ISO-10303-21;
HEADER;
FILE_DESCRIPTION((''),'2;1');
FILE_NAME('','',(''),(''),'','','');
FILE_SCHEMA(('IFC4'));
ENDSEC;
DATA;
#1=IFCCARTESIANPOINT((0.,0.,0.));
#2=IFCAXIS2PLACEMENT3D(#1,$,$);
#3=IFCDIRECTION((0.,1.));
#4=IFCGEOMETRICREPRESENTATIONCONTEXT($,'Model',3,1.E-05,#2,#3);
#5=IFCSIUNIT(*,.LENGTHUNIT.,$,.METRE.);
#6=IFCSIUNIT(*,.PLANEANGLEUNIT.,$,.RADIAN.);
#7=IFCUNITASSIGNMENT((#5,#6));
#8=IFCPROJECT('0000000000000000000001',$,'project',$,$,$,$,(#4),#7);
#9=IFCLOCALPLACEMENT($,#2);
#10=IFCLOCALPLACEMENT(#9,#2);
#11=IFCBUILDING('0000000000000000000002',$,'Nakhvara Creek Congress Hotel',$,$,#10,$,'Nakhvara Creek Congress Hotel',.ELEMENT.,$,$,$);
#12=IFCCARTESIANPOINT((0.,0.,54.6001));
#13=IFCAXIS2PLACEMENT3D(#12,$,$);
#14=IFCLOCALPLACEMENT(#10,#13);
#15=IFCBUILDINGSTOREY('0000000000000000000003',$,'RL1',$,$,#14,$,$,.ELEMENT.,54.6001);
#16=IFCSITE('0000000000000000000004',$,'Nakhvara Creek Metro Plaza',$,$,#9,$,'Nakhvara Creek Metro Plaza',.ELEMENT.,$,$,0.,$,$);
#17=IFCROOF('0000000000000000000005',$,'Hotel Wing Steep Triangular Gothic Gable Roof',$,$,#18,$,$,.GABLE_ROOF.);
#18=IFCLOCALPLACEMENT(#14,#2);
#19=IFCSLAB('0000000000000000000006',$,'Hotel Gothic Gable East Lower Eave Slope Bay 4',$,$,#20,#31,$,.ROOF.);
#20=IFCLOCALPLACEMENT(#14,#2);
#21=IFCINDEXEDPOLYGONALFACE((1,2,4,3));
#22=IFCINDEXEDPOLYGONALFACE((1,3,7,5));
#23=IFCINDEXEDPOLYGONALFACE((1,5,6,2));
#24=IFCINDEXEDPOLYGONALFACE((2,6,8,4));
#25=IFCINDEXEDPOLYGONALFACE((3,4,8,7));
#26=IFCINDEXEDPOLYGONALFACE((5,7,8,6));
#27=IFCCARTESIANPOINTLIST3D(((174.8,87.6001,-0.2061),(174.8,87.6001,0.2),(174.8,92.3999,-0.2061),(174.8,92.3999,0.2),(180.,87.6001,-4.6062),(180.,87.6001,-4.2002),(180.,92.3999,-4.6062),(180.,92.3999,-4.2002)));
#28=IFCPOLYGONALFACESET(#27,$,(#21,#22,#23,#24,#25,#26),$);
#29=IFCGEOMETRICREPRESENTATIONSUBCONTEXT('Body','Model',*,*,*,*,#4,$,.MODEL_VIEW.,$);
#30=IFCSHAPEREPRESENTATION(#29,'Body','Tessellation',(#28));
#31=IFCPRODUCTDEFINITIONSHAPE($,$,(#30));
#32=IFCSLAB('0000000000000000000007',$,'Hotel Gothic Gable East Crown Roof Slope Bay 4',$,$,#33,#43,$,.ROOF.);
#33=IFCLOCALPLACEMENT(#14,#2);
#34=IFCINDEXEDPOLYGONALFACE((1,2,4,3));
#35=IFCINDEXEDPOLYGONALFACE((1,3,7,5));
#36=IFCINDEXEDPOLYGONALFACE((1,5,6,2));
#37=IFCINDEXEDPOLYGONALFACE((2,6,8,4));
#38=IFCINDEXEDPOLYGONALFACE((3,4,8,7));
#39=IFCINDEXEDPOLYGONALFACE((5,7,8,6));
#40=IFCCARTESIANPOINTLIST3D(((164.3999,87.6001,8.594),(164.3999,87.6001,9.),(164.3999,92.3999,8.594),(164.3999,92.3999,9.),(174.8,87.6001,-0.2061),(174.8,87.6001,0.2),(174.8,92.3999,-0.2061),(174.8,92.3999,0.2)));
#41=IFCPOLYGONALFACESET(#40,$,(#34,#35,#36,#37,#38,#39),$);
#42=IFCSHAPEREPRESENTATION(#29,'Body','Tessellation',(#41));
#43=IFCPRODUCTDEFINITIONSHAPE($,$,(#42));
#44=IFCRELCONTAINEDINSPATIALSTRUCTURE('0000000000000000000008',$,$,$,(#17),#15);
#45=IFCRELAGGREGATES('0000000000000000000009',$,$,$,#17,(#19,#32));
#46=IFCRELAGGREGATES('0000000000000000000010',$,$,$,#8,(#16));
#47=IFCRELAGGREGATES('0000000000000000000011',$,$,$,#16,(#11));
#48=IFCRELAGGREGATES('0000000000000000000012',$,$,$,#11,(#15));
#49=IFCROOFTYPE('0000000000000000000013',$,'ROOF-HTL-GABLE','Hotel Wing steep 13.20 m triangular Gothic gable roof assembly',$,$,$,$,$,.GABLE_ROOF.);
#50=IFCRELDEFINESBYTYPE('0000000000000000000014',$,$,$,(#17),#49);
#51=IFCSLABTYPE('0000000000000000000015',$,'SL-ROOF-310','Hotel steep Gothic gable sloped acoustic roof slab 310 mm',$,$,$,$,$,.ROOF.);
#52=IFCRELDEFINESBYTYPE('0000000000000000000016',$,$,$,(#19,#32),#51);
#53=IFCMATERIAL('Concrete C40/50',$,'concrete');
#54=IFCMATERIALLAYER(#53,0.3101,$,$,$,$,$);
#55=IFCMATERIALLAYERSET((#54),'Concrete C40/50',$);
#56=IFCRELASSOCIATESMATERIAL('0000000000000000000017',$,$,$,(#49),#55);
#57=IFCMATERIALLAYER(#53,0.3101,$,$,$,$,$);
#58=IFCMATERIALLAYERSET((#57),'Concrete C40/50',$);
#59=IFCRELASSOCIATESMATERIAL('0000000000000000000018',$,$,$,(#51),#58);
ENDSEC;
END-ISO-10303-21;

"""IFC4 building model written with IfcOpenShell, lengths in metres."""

from ifc_helpers import new_model, si_unit, direction, frame, origin, place, context, subcontext, project, spatial, polyline, outline, extrude, material, layer, layer_set, type_object, element, aggregate, save


model = new_model("IFC4")

# Units and contexts
model_context = context("Model", 3, precision=1e-05, world=origin(), true_north=direction((0.0, 1.0)))
body_context = subcontext(model_context, "Body", "Model", "MODEL_VIEW")
ifc_project = project(units=[si_unit("LENGTHUNIT", "METRE"), si_unit("PLANEANGLEUNIT", "RADIAN")], contexts=[model_context])

# Site, building, storey
site_placement = place(None, origin())
site = spatial("IfcSite", under=ifc_project, at=site_placement, Name="Nakhvara Creek Metro Plaza", LongName="Nakhvara Creek Metro Plaza", CompositionType="ELEMENT", RefElevation=0.0)
building_placement = place(site_placement, origin())
building = spatial("IfcBuilding", under=site, at=building_placement, Name="Nakhvara Creek Congress Hotel", LongName="Nakhvara Creek Congress Hotel", CompositionType="ELEMENT")
storey_placement = place(building_placement, frame((0.0, 0.0, 54.6001)))
storey = spatial("IfcBuildingStorey", under=building, at=storey_placement, Name="RL1", CompositionType="ELEMENT", Elevation=54.6001)

# Roof, slabs
ifc_material_1 = material(Name="Concrete C40/50", Category="concrete")
ifc_layer_1 = layer(ifc_material_1, 0.3101)
ifc_layer_set_1 = layer_set([ifc_layer_1], Name="Concrete C40/50")
roof_type = type_object("IfcRoofType", Name="ROOF-HTL-GABLE", Description="Hotel Wing steep 13.20 m triangular Gothic gable roof assembly", PredefinedType="GABLE_ROOF", material=ifc_layer_set_1)
roof_placement = place(storey_placement, origin())
roof = element("IfcRoof", 1, at=roof_placement, inside=storey, type_object=roof_type, Name="Hotel Wing Steep Triangular Gothic Gable Roof", PredefinedType="GABLE_ROOF")
ifc_layer_2 = layer(ifc_material_1, 0.3101)
ifc_layer_set_2 = layer_set([ifc_layer_2], Name="Concrete C40/50")
slab_type = type_object("IfcSlabType", Name="SL-ROOF-310", Description="Hotel steep Gothic gable sloped acoustic roof slab 310 mm", PredefinedType="ROOF", material=ifc_layer_set_2)
slab_1_placement = place(storey_placement, frame((174.8, 87.6001, 0.2), z_axis=(0.0, 0.0, 1.0), x_axis=(1.0, 0.0, 0.0)))
slab_1 = element("IfcSlab", 2, at=slab_1_placement, type_object=slab_type, Name="Hotel Gothic Gable East Lower Eave Slope Bay 4", PredefinedType="ROOF", context=body_context, shape_type="SweptSolid", body=[
    extrude(outline(polyline([(0.0, 0.0), (5.2, -4.4001), (5.2, -4.8062), (0.0, -0.406), (0.0, 0.0)])), frame((0.0, 4.7998, 0.0), z_axis=(0.0, -1.0, 0.0), x_axis=(1.0, 0.0, 0.0)), (0.0, 0.0, 1.0), 4.7998),
])
slab_2_placement = place(storey_placement, frame((164.3999, 87.6001, 9.0), z_axis=(0.0, 0.0, 1.0), x_axis=(1.0, 0.0, 0.0)))
slab_2 = element("IfcSlab", 3, at=slab_2_placement, type_object=slab_type, Name="Hotel Gothic Gable East Crown Roof Slope Bay 4", PredefinedType="ROOF", context=body_context, shape_type="SweptSolid", body=[
    extrude(outline(polyline([(0.0, 0.0), (10.4001, -8.8), (10.4001, -9.2061), (0.0, -0.406), (0.0, 0.0)])), frame((0.0, 4.7998, 0.0), z_axis=(0.0, -1.0, 0.0), x_axis=(1.0, 0.0, 0.0)), (0.0, 0.0, 1.0), 4.7998),
])
aggregate(roof, [slab_1, slab_2])

save(model, "model.ifc")
